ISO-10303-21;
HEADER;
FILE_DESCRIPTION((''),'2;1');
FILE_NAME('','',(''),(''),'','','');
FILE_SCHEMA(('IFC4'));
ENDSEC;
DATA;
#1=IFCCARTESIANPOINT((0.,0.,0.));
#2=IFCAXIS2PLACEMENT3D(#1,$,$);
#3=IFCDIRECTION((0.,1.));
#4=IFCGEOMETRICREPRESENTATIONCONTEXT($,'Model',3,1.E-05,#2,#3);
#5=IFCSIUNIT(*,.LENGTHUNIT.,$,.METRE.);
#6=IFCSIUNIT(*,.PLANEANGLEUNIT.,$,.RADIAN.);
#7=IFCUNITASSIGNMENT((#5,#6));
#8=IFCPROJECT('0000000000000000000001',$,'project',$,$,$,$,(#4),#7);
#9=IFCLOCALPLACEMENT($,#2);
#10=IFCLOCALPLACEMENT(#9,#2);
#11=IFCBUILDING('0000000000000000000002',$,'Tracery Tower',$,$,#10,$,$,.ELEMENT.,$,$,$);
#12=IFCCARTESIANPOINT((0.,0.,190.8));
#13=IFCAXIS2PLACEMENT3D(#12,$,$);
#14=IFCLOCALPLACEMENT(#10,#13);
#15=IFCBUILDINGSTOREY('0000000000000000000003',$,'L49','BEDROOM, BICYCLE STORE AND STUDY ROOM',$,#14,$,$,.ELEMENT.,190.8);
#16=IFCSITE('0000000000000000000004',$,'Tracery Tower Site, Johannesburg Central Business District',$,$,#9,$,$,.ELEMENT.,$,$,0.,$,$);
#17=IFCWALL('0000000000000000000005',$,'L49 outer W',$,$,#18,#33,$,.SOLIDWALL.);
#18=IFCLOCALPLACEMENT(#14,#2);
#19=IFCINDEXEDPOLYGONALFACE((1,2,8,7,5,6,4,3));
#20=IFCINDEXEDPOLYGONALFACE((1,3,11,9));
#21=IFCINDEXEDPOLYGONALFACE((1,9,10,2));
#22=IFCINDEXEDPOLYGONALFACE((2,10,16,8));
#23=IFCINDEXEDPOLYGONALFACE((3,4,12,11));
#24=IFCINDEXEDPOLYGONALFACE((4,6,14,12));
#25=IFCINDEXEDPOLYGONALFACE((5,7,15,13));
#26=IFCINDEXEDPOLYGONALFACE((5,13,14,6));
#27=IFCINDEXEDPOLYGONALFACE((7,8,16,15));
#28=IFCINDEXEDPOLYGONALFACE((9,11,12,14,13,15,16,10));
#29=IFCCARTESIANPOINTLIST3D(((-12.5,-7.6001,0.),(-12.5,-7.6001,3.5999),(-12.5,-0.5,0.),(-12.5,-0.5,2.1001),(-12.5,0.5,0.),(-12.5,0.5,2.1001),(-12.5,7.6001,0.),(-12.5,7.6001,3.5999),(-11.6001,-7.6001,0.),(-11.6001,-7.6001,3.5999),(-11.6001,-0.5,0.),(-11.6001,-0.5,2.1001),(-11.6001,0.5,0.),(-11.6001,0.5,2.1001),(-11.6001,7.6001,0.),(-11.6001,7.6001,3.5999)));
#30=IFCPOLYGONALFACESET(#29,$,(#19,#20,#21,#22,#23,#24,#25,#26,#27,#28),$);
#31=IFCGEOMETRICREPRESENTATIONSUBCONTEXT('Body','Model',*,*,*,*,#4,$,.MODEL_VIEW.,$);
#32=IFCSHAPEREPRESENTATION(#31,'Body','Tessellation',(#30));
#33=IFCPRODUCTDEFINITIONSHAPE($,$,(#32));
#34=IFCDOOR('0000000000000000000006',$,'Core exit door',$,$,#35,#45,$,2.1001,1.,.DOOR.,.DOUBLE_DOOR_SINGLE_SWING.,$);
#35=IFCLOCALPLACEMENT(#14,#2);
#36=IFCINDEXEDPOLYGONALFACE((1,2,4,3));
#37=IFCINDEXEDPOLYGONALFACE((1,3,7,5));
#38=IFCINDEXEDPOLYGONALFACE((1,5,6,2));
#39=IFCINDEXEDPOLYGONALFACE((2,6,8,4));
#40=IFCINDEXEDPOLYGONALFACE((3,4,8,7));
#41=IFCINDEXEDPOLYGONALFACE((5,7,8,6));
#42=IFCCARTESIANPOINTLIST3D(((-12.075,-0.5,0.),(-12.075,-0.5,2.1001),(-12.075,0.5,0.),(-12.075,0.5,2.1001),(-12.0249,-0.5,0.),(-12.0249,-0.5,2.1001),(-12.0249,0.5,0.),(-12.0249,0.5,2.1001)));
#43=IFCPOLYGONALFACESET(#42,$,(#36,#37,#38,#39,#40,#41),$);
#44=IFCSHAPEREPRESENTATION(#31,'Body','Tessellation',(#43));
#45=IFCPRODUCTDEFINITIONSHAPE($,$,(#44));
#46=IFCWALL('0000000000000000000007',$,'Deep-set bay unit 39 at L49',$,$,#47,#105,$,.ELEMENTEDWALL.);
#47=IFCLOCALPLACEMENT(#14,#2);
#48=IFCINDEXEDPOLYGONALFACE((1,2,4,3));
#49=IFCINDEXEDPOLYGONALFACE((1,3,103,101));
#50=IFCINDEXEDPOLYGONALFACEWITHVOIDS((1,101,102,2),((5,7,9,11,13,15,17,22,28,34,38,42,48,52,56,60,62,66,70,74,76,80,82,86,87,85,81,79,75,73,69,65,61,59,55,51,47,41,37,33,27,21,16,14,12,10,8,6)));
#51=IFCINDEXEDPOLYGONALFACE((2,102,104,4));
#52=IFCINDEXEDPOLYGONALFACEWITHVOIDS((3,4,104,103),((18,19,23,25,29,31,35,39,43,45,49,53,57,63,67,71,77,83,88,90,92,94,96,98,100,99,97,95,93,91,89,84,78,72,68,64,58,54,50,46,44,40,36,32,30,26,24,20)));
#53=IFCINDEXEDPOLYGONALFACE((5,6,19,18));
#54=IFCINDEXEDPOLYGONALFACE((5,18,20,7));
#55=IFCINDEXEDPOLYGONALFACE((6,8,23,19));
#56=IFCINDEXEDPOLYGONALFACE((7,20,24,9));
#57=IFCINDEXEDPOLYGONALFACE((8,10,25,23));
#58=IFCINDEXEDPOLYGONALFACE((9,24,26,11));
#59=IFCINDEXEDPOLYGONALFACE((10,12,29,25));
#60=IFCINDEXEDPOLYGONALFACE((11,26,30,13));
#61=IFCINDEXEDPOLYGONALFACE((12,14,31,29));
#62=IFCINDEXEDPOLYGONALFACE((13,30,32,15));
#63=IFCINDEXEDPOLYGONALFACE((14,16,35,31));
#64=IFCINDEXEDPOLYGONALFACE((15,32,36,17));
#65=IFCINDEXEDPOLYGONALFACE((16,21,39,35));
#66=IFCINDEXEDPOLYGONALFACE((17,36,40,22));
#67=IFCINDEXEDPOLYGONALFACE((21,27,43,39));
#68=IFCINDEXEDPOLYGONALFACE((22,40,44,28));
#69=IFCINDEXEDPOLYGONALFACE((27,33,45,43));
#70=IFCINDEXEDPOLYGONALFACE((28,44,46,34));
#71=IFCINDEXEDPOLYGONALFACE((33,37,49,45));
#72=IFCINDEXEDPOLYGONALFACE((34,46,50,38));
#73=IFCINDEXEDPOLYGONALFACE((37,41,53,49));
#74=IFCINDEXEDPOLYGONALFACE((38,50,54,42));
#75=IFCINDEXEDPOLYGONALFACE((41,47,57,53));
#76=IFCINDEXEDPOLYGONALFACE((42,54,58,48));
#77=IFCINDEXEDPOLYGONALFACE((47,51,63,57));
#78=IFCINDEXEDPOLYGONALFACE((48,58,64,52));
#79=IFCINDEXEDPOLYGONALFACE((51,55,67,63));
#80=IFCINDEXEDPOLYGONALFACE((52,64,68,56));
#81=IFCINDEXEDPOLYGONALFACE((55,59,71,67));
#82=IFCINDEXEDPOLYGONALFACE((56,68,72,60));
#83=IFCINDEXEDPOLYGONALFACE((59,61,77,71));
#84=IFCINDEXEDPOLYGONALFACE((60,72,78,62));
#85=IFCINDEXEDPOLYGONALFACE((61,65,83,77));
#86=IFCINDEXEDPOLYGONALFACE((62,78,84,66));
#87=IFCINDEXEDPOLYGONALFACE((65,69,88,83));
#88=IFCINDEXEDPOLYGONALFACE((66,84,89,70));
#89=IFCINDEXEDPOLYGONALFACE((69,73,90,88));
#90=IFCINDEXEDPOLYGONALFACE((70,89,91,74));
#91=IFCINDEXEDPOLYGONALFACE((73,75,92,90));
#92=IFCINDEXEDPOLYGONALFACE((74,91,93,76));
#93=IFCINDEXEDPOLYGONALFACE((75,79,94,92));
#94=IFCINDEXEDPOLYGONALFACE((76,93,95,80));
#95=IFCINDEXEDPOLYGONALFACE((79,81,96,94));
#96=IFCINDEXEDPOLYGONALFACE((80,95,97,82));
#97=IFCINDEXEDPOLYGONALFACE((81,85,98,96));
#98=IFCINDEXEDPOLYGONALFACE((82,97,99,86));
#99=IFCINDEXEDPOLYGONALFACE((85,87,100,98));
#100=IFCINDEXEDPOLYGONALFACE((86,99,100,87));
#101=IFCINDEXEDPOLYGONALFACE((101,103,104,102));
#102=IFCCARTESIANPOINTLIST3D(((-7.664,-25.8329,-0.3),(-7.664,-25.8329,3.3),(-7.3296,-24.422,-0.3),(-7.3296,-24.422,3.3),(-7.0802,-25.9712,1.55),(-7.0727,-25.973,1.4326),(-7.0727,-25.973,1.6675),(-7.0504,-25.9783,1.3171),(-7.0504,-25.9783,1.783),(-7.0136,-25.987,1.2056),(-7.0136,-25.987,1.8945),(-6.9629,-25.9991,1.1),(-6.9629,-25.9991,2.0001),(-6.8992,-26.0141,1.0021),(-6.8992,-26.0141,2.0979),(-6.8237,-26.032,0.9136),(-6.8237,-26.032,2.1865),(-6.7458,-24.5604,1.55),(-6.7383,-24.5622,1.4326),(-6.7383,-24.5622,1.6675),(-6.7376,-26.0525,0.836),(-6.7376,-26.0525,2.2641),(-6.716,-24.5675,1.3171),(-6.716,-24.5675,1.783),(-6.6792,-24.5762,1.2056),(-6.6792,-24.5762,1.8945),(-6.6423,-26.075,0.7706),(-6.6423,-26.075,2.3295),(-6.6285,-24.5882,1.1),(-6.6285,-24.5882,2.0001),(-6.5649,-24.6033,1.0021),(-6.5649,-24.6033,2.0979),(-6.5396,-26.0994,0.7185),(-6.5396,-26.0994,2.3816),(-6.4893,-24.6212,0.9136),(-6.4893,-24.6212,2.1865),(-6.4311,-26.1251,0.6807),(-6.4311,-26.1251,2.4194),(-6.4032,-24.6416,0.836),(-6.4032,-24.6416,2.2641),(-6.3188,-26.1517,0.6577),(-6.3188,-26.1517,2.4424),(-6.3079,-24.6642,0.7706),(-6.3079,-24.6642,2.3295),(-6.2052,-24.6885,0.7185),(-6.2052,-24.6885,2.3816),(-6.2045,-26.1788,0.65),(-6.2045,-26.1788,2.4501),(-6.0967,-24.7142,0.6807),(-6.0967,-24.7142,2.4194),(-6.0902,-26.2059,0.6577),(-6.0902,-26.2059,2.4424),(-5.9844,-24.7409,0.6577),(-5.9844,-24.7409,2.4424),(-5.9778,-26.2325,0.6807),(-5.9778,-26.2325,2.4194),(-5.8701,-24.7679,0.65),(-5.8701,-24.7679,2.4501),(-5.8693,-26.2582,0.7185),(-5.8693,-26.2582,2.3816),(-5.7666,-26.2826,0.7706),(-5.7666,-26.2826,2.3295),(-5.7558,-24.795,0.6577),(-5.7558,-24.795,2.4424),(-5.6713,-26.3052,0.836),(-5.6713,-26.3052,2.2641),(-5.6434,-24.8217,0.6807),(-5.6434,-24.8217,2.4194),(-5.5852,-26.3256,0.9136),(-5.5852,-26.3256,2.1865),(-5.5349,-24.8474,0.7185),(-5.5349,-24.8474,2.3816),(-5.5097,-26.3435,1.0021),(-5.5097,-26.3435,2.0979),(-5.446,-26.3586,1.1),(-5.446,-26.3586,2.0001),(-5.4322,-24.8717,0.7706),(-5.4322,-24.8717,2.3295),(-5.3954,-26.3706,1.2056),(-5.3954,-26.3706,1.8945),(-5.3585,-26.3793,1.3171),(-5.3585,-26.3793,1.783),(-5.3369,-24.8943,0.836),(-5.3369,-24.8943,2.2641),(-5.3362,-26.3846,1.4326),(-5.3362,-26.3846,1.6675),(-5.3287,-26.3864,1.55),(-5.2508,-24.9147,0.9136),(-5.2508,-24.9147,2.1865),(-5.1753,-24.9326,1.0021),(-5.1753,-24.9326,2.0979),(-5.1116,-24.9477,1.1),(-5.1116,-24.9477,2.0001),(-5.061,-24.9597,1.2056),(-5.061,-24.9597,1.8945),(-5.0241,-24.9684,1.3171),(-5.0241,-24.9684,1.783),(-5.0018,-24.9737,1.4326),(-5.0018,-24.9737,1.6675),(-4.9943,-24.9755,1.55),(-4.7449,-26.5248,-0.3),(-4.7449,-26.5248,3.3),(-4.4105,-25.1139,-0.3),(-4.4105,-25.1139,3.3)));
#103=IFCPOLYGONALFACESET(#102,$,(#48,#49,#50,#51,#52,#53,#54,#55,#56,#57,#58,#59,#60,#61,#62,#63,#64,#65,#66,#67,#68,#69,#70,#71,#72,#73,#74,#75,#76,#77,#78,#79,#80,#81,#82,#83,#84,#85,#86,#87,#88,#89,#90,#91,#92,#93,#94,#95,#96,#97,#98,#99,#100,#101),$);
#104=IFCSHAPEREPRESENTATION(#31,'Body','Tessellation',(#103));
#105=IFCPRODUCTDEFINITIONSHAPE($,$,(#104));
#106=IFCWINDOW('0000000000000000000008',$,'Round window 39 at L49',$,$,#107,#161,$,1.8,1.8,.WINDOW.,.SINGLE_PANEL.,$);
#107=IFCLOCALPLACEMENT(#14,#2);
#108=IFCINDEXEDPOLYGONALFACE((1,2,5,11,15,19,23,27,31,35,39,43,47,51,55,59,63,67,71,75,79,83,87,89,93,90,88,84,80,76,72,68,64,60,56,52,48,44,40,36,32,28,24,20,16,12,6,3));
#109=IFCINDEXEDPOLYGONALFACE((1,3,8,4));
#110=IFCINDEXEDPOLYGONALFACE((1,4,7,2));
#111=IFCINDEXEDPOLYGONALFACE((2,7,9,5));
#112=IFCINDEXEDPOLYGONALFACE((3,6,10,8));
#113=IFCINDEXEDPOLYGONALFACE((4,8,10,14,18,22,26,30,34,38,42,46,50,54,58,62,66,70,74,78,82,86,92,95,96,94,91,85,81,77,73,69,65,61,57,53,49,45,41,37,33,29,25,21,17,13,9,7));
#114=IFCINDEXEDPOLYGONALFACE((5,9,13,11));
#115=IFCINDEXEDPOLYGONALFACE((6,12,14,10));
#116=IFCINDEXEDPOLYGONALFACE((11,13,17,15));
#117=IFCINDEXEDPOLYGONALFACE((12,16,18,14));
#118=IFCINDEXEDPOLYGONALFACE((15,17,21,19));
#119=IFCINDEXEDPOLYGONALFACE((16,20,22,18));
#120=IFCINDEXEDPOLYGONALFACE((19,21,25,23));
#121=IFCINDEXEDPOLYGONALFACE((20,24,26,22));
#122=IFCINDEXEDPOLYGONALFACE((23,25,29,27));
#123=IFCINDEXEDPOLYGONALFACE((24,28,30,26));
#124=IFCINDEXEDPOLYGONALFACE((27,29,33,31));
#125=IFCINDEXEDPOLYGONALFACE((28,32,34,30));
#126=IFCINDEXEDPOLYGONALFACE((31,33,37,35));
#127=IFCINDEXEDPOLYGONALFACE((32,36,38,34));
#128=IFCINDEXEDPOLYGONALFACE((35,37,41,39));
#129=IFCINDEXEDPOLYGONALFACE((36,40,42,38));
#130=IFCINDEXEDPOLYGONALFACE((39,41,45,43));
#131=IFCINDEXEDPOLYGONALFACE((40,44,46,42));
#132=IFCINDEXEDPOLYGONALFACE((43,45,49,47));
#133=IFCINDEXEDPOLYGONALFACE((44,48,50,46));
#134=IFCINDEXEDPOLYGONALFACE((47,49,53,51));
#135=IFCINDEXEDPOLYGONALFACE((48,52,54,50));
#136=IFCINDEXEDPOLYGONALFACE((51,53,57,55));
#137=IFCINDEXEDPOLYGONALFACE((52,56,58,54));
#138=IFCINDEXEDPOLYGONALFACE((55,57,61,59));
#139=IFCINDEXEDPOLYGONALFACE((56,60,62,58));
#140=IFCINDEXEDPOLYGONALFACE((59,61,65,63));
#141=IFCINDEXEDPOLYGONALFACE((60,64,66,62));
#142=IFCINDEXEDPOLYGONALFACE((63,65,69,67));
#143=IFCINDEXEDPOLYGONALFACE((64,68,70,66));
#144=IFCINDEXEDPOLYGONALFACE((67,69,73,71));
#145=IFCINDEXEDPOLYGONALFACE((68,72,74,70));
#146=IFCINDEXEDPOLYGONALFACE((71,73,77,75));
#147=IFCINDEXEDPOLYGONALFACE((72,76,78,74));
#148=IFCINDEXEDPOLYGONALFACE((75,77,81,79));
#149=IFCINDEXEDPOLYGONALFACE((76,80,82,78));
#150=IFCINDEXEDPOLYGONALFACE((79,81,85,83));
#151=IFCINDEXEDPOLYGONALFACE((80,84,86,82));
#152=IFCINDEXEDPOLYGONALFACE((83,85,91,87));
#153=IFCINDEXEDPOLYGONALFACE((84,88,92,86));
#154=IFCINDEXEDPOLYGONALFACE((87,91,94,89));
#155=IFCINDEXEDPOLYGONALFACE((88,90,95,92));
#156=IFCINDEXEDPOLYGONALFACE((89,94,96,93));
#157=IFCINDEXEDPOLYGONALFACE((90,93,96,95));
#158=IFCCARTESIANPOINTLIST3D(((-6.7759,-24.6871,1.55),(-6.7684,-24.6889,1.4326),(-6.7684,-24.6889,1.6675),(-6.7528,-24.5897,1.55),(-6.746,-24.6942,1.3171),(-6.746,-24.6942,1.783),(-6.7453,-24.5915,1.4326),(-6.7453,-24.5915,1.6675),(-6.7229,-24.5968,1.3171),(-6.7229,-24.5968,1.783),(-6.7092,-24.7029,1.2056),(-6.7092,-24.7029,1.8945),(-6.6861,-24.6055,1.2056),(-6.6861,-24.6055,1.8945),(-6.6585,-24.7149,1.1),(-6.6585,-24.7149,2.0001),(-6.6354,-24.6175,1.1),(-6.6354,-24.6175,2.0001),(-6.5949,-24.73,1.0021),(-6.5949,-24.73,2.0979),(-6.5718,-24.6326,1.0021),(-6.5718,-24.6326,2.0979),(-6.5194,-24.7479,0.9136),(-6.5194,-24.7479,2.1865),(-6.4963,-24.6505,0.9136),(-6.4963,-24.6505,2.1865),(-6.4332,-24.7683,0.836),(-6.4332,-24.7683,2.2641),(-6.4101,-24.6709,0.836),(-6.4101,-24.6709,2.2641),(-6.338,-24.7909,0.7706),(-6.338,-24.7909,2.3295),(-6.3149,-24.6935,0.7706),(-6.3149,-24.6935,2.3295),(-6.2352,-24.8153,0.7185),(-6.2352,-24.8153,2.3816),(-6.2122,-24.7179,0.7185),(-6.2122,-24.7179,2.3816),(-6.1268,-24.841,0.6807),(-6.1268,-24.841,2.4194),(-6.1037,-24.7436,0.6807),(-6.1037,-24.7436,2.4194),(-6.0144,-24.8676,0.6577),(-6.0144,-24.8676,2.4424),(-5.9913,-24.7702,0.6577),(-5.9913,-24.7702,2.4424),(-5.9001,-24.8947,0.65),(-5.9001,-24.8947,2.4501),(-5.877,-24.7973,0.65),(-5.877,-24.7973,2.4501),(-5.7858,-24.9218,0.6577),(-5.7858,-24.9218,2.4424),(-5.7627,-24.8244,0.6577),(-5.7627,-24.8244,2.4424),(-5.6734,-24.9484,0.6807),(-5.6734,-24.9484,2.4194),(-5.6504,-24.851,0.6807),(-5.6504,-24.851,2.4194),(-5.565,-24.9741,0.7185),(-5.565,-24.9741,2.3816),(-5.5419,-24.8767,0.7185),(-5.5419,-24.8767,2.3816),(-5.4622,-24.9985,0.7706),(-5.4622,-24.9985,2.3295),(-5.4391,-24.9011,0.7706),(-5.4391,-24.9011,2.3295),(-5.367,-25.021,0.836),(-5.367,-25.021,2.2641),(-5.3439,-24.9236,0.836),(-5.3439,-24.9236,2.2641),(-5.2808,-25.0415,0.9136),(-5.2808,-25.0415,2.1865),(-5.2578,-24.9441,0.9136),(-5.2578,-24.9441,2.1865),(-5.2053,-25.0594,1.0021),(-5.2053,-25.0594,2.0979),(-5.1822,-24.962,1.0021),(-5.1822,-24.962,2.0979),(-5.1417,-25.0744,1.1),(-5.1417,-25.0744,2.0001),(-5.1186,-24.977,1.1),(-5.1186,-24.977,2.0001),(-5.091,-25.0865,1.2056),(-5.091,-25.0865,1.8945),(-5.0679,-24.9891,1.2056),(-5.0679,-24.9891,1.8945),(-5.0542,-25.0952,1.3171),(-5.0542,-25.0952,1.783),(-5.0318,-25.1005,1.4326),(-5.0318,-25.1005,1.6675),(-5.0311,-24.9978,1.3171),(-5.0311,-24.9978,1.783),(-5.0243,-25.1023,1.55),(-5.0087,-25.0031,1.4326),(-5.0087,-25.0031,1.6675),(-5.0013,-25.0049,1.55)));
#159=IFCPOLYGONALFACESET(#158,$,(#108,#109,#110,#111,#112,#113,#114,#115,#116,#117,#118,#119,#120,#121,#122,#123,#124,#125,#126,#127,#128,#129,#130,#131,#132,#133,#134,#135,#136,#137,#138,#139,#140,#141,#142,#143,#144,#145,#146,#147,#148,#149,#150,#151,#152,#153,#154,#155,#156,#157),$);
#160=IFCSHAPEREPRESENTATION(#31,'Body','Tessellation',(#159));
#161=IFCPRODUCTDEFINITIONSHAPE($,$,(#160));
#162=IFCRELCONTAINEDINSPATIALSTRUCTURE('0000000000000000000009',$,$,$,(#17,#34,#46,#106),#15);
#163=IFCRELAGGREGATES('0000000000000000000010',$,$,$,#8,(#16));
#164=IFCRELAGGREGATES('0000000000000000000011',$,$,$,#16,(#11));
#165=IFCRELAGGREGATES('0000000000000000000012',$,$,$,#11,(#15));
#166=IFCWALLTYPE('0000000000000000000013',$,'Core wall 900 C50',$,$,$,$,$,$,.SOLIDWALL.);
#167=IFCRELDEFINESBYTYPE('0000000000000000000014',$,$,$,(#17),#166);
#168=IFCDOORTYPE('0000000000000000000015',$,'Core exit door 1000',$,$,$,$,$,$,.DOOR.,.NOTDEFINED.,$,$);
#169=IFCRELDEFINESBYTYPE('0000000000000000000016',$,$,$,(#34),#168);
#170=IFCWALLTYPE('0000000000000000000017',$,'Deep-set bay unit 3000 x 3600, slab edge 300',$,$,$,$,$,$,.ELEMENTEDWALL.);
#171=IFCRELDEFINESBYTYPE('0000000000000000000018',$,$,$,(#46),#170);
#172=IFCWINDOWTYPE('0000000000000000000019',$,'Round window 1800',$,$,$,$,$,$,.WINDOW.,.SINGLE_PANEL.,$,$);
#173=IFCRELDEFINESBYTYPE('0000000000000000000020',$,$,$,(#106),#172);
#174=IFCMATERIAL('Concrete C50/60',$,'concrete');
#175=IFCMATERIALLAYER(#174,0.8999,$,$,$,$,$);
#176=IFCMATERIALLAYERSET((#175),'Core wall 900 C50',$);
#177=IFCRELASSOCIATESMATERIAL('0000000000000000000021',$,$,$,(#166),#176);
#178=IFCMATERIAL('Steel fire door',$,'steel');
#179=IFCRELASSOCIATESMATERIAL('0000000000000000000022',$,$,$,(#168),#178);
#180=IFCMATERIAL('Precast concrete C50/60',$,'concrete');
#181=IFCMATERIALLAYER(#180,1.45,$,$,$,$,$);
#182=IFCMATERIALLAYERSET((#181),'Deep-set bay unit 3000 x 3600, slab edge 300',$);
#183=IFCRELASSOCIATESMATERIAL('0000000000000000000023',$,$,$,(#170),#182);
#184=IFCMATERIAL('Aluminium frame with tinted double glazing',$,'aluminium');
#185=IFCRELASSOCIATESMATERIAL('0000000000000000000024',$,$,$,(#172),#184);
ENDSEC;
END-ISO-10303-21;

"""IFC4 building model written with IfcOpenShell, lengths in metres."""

from ifc_helpers import new_model, si_unit, direction, frame, frame_2d, origin, origin_2d, place, context, subcontext, project, spatial, rectangle, circle, extrude, material, layer, layer_set, type_object, element, fill, save


model = new_model("IFC4")

# Units and contexts
model_context = context("Model", 3, precision=1e-05, world=origin(), true_north=direction((0.0, 1.0)))
body_context = subcontext(model_context, "Body", "Model", "MODEL_VIEW")
ifc_project = project(units=[si_unit("LENGTHUNIT", "METRE"), si_unit("PLANEANGLEUNIT", "RADIAN")], contexts=[model_context])

# Site, building, storey
site_placement = place(None, origin())
site = spatial("IfcSite", under=ifc_project, at=site_placement, Name="Tracery Tower Site, Johannesburg Central Business District", CompositionType="ELEMENT", RefElevation=0.0)
building_placement = place(site_placement, origin())
building = spatial("IfcBuilding", under=site, at=building_placement, Name="Tracery Tower", CompositionType="ELEMENT")
storey_placement = place(building_placement, frame((0.0, 0.0, 190.8)))
storey = spatial("IfcBuildingStorey", under=building, at=storey_placement, Name="L49", Description="BEDROOM, BICYCLE STORE AND STUDY ROOM", CompositionType="ELEMENT", Elevation=190.8)

# Wall, opening, door
ifc_material_1 = material(Name="Concrete C50/60", Category="concrete")
ifc_layer_1 = layer(ifc_material_1, 0.8999)
ifc_layer_set_1 = layer_set([ifc_layer_1], Name="Core wall 900 C50")
wall_type_1 = type_object("IfcWallType", Name="Core wall 900 C50", PredefinedType="SOLIDWALL", material=ifc_layer_set_1)
wall_1_placement = place(storey_placement, frame((-12.05, -7.6001, 0.0), z_axis=(0.0, 0.0, 1.0), x_axis=(0.0, 1.0, 0.0)))
wall_1 = element("IfcWall", 1, at=wall_1_placement, inside=storey, type_object=wall_type_1, Name="L49 outer W", PredefinedType="SOLIDWALL", context=body_context, shape_type="SweptSolid", body=[
    extrude(rectangle(XDim=15.2002, YDim=0.8999, at=frame_2d((7.6001, 0.0))), origin(), (0.0, 0.0, 1.0), 3.5999),
])
opening_1_placement = place(wall_1_placement, frame((7.1001, 0.0, 0.0)))
opening_1 = element("IfcOpeningElement", 2, at=opening_1_placement, cuts=wall_1, PredefinedType="OPENING", context=body_context, shape_type="SweptSolid", body=[
    extrude(rectangle(XDim=1.0, YDim=2.1001, at=frame_2d((0.5, 1.05))), frame((0.0, 0.45, 0.0), z_axis=(0.0, -1.0, 0.0), x_axis=(1.0, 0.0, 0.0)), (0.0, 0.0, 1.0), 0.8999),
])
ifc_material_2 = material(Name="Steel fire door", Category="steel")
door_type_1 = type_object("IfcDoorType", Name="Core exit door 1000", OperationType="NOTDEFINED", PredefinedType="DOOR", material=ifc_material_2)
door_1_placement = place(opening_1_placement, origin())
door_1 = element("IfcDoor", 3, at=door_1_placement, inside=storey, type_object=door_type_1, Name="Core exit door", OperationType="DOUBLE_DOOR_SINGLE_SWING", OverallHeight=2.1001, OverallWidth=1.0, PredefinedType="DOOR", context=body_context, shape_type="SweptSolid", body=[
    extrude(rectangle(XDim=1.0, YDim=2.1001, at=frame_2d((0.5, 1.05))), frame((0.0, 0.0249, 0.0), z_axis=(0.0, -1.0, 0.0), x_axis=(1.0, 0.0, 0.0)), (0.0, 0.0, 1.0), 0.05),
])
fill(opening_1, door_1)

# Wall, opening, window
ifc_material_3 = material(Name="Precast concrete C50/60", Category="concrete")
ifc_layer_2 = layer(ifc_material_3, 1.45)
ifc_layer_set_2 = layer_set([ifc_layer_2], Name="Deep-set bay unit 3000 x 3600, slab edge 300")
wall_type_2 = type_object("IfcWallType", Name="Deep-set bay unit 3000 x 3600, slab edge 300", PredefinedType="ELEMENTEDWALL", material=ifc_layer_set_2)
wall_2_placement = place(storey_placement, frame((-7.4968, -25.1274, -0.3), z_axis=(0.0, 0.0, 1.0), x_axis=(0.973042, -0.230627, 0.0)))
wall_2 = element("IfcWall", 4, at=wall_2_placement, inside=storey, type_object=wall_type_2, Name="Deep-set bay unit 39 at L49", PredefinedType="ELEMENTEDWALL", context=body_context, shape_type="SweptSolid", body=[
    extrude(rectangle(XDim=3.0, YDim=1.45, at=frame_2d((1.5, 0.0))), origin(), (0.0, 0.0, 1.0), 3.6001),
])
opening_2_placement = place(wall_2_placement, frame((1.5, 0.0, 1.8501)))
opening_2 = element("IfcOpeningElement", 5, at=opening_2_placement, cuts=wall_2, PredefinedType="OPENING", context=body_context, shape_type="SweptSolid", body=[
    extrude(circle(Radius=0.9, at=origin_2d()), frame((0.0, 0.7349, 0.0), z_axis=(0.0, -1.0, 0.0), x_axis=(1.0, 0.0, 0.0)), (0.0, 0.0, 1.0), 1.47),
])
ifc_material_4 = material(Name="Aluminium frame with tinted double glazing", Category="aluminium")
window_type = type_object("IfcWindowType", Name="Round window 1800", PartitioningType="SINGLE_PANEL", PredefinedType="WINDOW", material=ifc_material_4)
window_1_placement = place(opening_2_placement, origin())
window_1 = element("IfcWindow", 6, at=window_1_placement, inside=storey, type_object=window_type, Name="Round window 39 at L49", OverallHeight=1.8, OverallWidth=1.8, PartitioningType="SINGLE_PANEL", PredefinedType="WINDOW", context=body_context, shape_type="SweptSolid", body=[
    extrude(circle(Radius=0.9, at=origin_2d()), frame((0.0, 0.6948, 0.0), z_axis=(0.0, -1.0, 0.0), x_axis=(1.0, 0.0, 0.0)), (0.0, 0.0, 1.0), 0.1001),
])
fill(opening_2, window_1)

save(model, "model.ifc")
